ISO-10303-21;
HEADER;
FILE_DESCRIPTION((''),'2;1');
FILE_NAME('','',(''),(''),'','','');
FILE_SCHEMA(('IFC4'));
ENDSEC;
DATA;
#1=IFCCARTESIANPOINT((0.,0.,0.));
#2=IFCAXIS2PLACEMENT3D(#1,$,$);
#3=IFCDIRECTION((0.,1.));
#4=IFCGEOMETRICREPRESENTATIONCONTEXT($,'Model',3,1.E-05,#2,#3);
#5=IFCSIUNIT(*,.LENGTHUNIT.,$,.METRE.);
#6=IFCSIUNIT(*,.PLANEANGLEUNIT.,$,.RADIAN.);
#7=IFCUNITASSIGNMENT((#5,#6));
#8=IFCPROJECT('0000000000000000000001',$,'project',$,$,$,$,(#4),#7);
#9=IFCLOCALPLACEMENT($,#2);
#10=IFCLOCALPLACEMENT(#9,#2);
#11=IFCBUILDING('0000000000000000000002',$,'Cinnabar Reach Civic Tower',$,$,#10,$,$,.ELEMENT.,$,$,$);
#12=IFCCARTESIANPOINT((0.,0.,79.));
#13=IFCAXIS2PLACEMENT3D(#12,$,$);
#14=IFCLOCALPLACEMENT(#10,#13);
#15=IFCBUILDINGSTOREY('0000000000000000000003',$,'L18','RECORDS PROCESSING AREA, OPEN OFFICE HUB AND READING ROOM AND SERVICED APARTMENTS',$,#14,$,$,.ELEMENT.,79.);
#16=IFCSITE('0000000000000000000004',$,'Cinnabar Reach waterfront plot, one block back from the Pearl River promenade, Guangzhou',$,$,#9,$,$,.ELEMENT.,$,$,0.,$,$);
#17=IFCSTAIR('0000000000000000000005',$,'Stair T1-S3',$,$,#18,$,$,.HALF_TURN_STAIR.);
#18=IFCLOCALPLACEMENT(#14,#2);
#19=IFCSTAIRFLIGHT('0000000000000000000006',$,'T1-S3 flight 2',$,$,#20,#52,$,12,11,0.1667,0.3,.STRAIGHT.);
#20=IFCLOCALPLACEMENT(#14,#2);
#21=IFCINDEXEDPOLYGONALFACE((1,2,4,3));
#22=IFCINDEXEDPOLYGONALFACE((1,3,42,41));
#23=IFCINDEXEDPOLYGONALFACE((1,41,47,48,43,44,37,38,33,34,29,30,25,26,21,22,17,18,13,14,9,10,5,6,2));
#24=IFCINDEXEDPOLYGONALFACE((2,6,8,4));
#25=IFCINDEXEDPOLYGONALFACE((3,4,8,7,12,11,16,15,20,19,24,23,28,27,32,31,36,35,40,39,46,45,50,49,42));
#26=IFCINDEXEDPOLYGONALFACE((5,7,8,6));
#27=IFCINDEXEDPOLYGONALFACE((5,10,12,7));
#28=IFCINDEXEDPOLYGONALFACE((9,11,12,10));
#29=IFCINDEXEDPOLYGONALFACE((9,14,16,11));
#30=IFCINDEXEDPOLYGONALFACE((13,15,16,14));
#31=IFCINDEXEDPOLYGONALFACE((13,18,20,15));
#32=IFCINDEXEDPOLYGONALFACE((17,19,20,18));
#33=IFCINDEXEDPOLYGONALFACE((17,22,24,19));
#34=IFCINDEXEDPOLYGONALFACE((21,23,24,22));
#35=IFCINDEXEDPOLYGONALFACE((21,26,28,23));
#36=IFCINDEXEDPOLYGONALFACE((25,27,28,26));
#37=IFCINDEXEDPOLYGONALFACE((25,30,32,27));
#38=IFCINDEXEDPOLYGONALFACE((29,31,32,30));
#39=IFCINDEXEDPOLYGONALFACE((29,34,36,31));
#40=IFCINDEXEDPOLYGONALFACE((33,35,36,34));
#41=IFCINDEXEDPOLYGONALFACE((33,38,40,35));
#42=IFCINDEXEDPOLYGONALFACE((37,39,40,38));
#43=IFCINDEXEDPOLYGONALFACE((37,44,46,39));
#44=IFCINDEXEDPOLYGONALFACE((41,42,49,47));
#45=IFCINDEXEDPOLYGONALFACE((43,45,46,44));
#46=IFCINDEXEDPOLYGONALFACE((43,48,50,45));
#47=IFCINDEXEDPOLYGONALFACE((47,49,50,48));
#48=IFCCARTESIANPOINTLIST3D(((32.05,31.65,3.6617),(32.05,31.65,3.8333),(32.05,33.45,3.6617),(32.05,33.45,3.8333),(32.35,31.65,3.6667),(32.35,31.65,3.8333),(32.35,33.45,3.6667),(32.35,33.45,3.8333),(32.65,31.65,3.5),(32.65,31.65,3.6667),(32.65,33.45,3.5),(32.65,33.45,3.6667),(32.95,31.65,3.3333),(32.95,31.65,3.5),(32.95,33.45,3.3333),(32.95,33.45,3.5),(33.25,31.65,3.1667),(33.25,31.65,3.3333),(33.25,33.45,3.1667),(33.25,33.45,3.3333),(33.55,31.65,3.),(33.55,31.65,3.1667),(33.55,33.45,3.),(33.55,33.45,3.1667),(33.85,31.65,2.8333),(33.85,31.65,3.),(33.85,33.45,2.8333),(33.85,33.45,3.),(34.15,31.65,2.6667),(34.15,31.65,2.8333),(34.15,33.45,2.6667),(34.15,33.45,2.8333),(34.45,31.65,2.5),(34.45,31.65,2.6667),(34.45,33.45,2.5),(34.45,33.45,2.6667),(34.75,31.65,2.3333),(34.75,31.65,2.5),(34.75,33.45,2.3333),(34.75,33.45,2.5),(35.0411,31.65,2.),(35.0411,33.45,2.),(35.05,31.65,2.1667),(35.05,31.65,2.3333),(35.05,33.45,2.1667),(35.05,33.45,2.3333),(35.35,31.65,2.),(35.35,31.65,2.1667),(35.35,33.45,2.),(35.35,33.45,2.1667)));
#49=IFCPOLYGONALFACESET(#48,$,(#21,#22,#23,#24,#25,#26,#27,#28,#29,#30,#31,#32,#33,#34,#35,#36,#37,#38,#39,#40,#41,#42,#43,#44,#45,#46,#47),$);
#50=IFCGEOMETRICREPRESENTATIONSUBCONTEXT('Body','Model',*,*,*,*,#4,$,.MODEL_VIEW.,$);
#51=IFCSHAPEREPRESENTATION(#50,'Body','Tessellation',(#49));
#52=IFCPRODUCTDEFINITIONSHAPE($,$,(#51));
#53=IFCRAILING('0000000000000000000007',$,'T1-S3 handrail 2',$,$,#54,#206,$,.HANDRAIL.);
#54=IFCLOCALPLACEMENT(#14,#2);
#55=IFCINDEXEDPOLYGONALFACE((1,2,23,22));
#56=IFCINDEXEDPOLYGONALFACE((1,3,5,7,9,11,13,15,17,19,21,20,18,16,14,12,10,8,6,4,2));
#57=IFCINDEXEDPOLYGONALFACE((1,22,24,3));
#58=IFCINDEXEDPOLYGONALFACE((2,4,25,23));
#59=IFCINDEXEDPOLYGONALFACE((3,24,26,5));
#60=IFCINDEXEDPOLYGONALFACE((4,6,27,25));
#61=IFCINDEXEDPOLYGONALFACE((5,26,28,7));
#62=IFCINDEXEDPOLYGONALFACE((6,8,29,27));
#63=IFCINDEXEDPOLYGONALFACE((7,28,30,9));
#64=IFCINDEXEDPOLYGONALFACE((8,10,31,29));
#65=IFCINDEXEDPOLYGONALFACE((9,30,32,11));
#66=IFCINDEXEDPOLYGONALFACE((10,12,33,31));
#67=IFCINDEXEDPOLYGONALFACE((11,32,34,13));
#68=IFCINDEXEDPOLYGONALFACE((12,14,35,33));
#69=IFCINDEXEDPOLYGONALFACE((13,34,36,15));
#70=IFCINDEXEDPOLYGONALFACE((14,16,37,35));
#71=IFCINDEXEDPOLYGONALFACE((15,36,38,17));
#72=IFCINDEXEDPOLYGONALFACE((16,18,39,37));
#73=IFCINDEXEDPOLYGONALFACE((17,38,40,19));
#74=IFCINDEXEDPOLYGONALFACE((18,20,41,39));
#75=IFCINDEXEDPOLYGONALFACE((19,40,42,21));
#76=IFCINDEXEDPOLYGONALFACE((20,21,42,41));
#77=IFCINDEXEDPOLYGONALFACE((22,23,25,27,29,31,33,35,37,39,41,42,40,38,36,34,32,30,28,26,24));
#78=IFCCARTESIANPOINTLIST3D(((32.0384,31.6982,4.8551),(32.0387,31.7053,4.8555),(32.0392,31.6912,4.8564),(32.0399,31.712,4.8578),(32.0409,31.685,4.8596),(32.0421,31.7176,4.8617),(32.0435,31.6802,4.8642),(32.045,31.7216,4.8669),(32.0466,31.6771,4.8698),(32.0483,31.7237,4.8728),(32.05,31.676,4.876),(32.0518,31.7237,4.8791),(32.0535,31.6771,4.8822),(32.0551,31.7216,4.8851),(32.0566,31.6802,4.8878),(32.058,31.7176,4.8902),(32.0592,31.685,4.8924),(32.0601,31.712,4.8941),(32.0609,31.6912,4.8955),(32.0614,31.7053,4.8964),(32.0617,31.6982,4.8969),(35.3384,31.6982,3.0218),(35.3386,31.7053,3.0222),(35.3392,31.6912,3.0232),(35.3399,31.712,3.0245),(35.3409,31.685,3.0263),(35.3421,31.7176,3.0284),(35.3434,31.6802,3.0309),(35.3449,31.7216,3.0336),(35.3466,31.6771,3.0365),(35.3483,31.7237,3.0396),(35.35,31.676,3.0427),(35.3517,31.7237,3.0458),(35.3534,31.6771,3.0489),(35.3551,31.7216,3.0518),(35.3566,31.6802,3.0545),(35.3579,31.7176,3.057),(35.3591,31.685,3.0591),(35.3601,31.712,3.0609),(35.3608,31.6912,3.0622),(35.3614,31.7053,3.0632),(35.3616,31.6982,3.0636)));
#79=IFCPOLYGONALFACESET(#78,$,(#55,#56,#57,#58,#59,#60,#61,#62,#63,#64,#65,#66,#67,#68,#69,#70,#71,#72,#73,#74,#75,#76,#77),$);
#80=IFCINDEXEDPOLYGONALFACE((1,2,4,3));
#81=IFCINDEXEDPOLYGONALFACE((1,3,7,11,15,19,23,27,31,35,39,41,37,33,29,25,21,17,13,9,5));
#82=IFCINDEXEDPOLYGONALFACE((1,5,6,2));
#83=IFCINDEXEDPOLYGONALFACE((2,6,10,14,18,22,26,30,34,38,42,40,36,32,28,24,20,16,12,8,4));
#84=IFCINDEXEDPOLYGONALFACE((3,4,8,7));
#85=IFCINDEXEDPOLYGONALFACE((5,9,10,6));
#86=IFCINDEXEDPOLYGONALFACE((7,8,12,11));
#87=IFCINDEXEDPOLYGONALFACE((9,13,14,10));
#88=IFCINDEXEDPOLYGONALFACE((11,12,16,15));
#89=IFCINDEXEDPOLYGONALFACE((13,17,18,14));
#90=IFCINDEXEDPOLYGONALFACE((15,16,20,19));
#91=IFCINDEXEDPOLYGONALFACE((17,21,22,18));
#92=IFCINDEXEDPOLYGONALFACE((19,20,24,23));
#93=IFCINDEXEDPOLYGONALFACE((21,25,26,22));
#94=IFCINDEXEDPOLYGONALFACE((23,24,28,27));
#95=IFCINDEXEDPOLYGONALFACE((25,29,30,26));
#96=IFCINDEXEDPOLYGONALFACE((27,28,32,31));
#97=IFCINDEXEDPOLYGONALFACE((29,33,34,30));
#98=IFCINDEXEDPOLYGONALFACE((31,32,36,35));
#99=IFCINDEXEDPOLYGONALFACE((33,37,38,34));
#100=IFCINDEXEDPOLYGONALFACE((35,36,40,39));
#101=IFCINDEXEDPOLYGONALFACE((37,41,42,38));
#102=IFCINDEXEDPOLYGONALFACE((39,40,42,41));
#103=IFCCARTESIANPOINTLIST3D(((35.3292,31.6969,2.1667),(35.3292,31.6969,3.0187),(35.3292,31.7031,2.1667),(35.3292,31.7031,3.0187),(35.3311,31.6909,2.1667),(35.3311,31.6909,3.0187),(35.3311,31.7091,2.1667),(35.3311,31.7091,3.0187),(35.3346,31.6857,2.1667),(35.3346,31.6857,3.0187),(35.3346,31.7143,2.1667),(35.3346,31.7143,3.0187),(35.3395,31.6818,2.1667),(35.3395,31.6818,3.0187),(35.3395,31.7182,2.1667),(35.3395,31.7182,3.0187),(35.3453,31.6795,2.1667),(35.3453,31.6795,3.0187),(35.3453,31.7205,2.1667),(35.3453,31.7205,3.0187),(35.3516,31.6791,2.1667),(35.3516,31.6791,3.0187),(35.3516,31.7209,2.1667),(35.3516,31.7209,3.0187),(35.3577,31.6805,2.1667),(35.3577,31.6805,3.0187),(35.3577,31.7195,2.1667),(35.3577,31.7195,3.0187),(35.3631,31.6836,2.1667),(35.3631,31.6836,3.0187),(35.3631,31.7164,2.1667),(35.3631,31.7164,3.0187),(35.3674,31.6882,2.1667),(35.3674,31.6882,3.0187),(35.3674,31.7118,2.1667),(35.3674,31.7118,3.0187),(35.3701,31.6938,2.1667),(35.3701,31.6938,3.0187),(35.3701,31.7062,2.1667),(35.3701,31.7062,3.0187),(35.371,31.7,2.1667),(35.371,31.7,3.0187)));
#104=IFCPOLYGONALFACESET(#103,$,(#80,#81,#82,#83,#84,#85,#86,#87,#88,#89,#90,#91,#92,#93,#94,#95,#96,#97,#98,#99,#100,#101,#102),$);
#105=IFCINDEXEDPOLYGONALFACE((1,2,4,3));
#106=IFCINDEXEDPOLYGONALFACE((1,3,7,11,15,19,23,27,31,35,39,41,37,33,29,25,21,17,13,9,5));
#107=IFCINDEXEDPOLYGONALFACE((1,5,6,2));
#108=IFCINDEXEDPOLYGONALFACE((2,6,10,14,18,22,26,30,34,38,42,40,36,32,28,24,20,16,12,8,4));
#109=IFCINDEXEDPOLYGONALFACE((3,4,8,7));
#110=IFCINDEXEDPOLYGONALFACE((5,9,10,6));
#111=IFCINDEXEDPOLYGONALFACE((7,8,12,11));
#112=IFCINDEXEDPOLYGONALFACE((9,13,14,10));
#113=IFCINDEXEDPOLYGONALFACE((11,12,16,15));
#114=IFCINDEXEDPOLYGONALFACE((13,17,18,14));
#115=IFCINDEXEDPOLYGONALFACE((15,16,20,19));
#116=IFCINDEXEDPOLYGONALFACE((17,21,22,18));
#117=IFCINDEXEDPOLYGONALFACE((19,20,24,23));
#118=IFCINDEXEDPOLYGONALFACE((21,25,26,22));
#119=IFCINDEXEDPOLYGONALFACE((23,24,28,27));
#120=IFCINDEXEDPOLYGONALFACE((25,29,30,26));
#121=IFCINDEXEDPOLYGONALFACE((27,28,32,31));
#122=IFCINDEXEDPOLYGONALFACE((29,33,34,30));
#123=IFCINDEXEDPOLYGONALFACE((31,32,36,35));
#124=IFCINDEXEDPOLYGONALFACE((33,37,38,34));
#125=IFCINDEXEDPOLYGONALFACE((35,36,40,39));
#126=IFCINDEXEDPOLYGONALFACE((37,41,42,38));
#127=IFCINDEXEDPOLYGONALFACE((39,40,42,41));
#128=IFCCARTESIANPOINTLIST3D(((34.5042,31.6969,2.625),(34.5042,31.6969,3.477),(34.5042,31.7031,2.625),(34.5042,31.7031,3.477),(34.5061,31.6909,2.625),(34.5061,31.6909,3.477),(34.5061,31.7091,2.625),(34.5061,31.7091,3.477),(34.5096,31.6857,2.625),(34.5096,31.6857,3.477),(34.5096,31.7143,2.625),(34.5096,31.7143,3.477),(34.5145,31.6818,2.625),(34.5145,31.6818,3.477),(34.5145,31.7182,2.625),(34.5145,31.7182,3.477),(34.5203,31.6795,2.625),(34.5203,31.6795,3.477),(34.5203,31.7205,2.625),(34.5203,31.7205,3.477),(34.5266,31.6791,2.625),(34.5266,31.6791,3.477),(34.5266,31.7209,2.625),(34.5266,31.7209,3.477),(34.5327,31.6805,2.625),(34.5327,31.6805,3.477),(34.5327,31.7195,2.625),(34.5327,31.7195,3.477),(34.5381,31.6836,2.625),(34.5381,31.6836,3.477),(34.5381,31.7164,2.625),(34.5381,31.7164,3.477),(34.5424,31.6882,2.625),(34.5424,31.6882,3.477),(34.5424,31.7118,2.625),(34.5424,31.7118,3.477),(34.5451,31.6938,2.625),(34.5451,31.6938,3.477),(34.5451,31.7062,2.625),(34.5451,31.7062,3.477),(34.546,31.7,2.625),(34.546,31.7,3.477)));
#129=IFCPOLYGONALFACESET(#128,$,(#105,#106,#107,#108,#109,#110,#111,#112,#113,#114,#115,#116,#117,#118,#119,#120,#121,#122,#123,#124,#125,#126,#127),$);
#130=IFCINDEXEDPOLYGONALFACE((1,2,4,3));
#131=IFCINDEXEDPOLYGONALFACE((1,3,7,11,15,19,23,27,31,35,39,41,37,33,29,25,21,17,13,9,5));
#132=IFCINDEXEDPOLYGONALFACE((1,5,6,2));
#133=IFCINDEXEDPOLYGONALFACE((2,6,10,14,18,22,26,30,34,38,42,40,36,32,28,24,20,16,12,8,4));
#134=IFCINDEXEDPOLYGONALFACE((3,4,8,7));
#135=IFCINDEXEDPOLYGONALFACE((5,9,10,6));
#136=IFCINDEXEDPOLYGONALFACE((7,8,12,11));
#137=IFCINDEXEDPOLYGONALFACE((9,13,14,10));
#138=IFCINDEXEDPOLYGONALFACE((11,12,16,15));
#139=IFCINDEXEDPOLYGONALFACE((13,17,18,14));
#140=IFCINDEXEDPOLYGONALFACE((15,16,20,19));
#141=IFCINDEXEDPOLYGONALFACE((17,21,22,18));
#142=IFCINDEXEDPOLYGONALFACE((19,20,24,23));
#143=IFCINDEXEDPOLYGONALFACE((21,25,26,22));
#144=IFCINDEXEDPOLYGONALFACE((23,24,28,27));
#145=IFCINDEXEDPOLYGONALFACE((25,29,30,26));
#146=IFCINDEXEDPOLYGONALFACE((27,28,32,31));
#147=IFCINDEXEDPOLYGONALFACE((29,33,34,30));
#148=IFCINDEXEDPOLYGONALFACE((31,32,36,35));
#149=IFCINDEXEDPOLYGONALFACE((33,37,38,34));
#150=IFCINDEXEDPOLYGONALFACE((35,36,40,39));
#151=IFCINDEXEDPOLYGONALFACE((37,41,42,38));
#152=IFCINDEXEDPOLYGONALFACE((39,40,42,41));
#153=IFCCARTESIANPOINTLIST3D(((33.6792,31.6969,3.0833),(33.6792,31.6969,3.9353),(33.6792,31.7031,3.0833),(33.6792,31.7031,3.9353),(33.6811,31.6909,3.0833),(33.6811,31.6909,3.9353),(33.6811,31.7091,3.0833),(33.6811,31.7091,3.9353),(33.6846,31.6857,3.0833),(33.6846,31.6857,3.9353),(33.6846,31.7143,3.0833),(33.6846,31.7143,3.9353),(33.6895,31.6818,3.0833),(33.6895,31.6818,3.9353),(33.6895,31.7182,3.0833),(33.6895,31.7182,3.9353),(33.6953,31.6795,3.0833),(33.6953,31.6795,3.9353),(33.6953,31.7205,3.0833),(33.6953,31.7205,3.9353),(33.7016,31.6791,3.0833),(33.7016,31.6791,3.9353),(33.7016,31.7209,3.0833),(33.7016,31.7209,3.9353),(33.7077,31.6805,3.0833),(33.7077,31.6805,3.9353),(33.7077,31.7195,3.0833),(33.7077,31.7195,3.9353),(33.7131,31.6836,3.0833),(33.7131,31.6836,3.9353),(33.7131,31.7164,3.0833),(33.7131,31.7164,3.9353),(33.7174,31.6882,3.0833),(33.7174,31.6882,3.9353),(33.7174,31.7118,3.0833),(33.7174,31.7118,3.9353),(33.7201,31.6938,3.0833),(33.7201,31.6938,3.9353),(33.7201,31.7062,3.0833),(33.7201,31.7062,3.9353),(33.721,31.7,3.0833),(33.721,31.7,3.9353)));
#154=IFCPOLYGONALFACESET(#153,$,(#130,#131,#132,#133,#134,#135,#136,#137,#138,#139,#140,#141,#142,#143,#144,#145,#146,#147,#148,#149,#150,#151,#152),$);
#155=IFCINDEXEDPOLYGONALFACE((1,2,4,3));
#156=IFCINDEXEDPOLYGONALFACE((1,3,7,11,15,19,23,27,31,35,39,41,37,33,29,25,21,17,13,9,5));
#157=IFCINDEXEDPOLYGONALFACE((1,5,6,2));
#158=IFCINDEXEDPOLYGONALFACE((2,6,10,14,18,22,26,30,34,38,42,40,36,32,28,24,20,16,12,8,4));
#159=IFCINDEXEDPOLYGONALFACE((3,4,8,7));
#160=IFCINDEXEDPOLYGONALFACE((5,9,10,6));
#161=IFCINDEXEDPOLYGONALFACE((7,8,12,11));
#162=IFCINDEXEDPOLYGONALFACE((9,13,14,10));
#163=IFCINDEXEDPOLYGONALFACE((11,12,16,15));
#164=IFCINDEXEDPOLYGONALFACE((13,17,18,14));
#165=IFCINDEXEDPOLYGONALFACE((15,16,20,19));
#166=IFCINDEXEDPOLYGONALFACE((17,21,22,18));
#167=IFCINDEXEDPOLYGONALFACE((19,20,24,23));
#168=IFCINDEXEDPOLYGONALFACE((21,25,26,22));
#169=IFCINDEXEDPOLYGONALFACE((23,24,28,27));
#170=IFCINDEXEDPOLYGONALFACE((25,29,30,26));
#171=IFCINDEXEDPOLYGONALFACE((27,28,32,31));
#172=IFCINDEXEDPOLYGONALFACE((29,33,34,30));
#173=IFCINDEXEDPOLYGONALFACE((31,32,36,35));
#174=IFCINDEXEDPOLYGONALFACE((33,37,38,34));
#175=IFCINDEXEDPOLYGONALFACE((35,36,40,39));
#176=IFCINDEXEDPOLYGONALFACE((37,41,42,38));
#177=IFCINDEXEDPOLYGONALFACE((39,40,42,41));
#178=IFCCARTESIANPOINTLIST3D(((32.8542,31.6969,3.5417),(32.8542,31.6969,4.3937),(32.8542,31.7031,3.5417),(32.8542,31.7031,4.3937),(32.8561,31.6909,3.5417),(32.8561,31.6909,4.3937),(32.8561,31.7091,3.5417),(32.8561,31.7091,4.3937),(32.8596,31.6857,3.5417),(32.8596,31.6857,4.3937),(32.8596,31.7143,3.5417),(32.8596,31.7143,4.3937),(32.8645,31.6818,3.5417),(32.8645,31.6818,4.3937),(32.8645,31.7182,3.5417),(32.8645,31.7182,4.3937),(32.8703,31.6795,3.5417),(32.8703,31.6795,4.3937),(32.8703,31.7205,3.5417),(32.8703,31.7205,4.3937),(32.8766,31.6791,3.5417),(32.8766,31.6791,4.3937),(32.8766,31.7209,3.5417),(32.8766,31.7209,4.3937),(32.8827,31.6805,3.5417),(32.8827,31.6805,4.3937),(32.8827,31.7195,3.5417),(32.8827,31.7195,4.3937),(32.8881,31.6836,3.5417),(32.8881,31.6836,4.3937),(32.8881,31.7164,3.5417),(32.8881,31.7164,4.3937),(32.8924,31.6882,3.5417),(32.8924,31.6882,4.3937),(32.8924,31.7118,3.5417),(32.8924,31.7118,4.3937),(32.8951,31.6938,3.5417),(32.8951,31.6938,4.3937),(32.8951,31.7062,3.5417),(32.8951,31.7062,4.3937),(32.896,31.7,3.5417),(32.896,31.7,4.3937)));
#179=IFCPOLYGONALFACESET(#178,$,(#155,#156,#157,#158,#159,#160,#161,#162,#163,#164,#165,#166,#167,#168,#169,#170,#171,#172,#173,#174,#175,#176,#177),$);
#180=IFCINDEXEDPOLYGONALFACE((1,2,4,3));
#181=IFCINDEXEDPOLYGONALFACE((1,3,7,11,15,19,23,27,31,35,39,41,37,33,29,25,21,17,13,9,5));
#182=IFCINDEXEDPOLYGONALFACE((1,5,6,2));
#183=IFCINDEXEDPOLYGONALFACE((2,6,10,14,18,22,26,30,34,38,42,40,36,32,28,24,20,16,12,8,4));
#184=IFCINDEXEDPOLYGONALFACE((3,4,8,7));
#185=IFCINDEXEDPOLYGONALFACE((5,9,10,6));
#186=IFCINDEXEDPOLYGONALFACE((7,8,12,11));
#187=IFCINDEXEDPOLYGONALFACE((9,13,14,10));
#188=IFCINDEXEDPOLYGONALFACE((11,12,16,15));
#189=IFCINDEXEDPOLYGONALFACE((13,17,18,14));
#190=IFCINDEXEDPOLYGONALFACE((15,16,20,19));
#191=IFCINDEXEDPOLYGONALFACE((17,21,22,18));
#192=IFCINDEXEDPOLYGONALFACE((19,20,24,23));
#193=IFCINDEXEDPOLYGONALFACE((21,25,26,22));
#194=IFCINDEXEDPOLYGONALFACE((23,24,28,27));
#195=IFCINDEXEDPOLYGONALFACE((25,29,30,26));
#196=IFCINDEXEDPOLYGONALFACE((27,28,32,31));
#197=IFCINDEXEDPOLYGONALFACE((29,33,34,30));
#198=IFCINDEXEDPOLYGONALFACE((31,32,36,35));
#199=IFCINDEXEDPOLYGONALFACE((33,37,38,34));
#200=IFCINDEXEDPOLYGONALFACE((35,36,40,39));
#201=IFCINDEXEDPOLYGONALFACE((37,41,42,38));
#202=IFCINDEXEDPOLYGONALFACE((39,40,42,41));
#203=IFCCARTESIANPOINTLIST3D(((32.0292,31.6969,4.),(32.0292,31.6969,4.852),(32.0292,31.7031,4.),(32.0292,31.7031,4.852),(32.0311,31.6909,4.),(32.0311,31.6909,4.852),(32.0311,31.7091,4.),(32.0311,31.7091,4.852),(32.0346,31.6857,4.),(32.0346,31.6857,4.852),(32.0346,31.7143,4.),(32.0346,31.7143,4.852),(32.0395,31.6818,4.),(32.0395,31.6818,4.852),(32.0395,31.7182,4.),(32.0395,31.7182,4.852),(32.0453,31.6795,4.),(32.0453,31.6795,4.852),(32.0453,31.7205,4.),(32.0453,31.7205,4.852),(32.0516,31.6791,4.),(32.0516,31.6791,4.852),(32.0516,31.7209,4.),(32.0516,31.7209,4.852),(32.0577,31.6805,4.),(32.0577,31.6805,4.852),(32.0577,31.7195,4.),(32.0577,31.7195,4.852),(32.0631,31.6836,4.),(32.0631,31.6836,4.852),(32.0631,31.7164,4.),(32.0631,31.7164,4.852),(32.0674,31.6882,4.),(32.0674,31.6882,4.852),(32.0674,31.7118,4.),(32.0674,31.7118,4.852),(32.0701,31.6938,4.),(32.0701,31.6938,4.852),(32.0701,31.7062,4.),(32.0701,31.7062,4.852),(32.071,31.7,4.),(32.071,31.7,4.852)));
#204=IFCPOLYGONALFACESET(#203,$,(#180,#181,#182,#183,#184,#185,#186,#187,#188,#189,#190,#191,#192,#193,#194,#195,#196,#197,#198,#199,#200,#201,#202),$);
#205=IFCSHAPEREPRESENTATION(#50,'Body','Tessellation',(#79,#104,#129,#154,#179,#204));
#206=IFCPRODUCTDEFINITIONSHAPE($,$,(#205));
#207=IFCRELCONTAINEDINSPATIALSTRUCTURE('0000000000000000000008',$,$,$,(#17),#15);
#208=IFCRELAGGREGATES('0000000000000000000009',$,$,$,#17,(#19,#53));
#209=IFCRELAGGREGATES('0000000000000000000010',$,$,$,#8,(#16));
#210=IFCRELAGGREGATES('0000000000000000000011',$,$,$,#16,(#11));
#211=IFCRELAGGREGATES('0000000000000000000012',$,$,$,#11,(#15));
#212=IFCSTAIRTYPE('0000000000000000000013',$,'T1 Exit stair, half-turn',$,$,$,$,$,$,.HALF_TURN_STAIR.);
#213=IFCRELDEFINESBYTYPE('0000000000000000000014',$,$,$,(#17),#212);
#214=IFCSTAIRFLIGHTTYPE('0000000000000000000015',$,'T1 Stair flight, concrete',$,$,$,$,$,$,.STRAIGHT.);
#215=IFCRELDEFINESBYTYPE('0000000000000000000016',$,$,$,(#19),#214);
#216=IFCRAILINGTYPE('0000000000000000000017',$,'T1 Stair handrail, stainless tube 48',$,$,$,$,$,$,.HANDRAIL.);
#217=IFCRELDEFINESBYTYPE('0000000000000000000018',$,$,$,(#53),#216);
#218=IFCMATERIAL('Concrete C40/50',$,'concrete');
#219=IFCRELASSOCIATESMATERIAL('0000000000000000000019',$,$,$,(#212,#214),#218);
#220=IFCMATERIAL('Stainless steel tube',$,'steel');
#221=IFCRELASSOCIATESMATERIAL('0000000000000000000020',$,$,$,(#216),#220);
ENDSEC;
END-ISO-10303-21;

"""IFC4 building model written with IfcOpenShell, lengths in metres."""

from ifc_helpers import new_model, si_unit, direction, frame, origin, origin_2d, place, context, subcontext, project, spatial, polyline, circle, outline, extrude, material, type_object, element, aggregate, save


model = new_model("IFC4")

# Units and contexts
model_context = context("Model", 3, precision=1e-05, world=origin(), true_north=direction((0.0, 1.0)))
body_context = subcontext(model_context, "Body", "Model", "MODEL_VIEW")
ifc_project = project(units=[si_unit("LENGTHUNIT", "METRE"), si_unit("PLANEANGLEUNIT", "RADIAN")], contexts=[model_context])

# Site, building, storey
site_placement = place(None, origin())
site = spatial("IfcSite", under=ifc_project, at=site_placement, Name="Cinnabar Reach waterfront plot, one block back from the Pearl River promenade, Guangzhou", CompositionType="ELEMENT", RefElevation=0.0)
building_placement = place(site_placement, origin())
building = spatial("IfcBuilding", under=site, at=building_placement, Name="Cinnabar Reach Civic Tower", CompositionType="ELEMENT")
storey_placement = place(building_placement, frame((0.0, 0.0, 79.0)))
storey = spatial("IfcBuildingStorey", under=building, at=storey_placement, Name="L18", Description="RECORDS PROCESSING AREA, OPEN OFFICE HUB AND READING ROOM AND SERVICED APARTMENTS", CompositionType="ELEMENT", Elevation=79.0)

# Stair, stair flight, railing
ifc_material_1 = material(Name="Concrete C40/50", Category="concrete")
stair_type = type_object("IfcStairType", Name="T1 Exit stair, half-turn", PredefinedType="HALF_TURN_STAIR", material=ifc_material_1)
stair_placement = place(storey_placement, origin())
stair = element("IfcStair", 1, at=stair_placement, inside=storey, type_object=stair_type, Name="Stair T1-S3", PredefinedType="HALF_TURN_STAIR")
stair_flight_type = type_object("IfcStairFlightType", Name="T1 Stair flight, concrete", PredefinedType="STRAIGHT", material=ifc_material_1)
stair_flight_placement = place(storey_placement, frame((35.35, 32.55, 2.0), z_axis=(0.0, 0.0, 1.0), x_axis=(-1.0, 0.0, 0.0)))
stair_flight = element("IfcStairFlight", 2, at=stair_flight_placement, type_object=stair_flight_type, Name="T1-S3 flight 2", NumberOfRisers=12, NumberOfTreads=11, PredefinedType="STRAIGHT", RiserHeight=0.1667, TreadLength=0.3, context=body_context, shape_type="SweptSolid", body=[
    extrude(outline(polyline([(0.0, 0.0), (0.0, 0.1667), (0.3, 0.1667), (0.3, 0.3333), (0.6, 0.3333), (0.6, 0.5), (0.9, 0.5), (0.9, 0.6667), (1.2, 0.6667), (1.2, 0.8333), (1.5, 0.8333), (1.5, 1.0), (1.8, 1.0), (1.8, 1.1667), (2.1, 1.1667), (2.1, 1.3333), (2.4, 1.3333), (2.4, 1.5), (2.7, 1.5), (2.7, 1.6667), (3.0, 1.6667), (3.0, 1.8333), (3.3, 1.8333), (3.3, 2.0), (3.3, 1.6617), (0.3089, 0.0), (0.0, 0.0)])), frame((0.0, 0.9, 0.0), z_axis=(0.0, -1.0, 0.0), x_axis=(1.0, 0.0, 0.0)), (0.0, 0.0, 1.0), 1.8),
])
ifc_material_2 = material(Name="Stainless steel tube", Category="steel")
railing_type = type_object("IfcRailingType", Name="T1 Stair handrail, stainless tube 48", PredefinedType="HANDRAIL", material=ifc_material_2)
railing_placement = place(storey_placement, frame((35.35, 31.7, 2.1667)))
railing = element("IfcRailing", 3, at=railing_placement, type_object=railing_type, Name="T1-S3 handrail 2", PredefinedType="HANDRAIL", context=body_context, shape_type="SweptSolid", body=[
    extrude(circle(Radius=0.024, at=origin_2d()), frame((0.0, 0.0, 0.876), z_axis=(-0.874161, 0.0, 0.485636), x_axis=(0.0, -1.0, 0.0)), (0.0, 0.0, 1.0), 3.775),
    extrude(circle(Radius=0.021, at=origin_2d()), origin(), (0.0, 0.0, 1.0), 0.852),
    extrude(circle(Radius=0.021, at=origin_2d()), frame((-0.825, 0.0, 0.4583)), (0.0, 0.0, 1.0), 0.852),
    extrude(circle(Radius=0.021, at=origin_2d()), frame((-1.65, 0.0, 0.9166)), (0.0, 0.0, 1.0), 0.852),
    extrude(circle(Radius=0.021, at=origin_2d()), frame((-2.475, 0.0, 1.375)), (0.0, 0.0, 1.0), 0.852),
    extrude(circle(Radius=0.021, at=origin_2d()), frame((-3.3, 0.0, 1.8333)), (0.0, 0.0, 1.0), 0.852),
])
aggregate(stair, [stair_flight, railing])

save(model, "model.ifc")
